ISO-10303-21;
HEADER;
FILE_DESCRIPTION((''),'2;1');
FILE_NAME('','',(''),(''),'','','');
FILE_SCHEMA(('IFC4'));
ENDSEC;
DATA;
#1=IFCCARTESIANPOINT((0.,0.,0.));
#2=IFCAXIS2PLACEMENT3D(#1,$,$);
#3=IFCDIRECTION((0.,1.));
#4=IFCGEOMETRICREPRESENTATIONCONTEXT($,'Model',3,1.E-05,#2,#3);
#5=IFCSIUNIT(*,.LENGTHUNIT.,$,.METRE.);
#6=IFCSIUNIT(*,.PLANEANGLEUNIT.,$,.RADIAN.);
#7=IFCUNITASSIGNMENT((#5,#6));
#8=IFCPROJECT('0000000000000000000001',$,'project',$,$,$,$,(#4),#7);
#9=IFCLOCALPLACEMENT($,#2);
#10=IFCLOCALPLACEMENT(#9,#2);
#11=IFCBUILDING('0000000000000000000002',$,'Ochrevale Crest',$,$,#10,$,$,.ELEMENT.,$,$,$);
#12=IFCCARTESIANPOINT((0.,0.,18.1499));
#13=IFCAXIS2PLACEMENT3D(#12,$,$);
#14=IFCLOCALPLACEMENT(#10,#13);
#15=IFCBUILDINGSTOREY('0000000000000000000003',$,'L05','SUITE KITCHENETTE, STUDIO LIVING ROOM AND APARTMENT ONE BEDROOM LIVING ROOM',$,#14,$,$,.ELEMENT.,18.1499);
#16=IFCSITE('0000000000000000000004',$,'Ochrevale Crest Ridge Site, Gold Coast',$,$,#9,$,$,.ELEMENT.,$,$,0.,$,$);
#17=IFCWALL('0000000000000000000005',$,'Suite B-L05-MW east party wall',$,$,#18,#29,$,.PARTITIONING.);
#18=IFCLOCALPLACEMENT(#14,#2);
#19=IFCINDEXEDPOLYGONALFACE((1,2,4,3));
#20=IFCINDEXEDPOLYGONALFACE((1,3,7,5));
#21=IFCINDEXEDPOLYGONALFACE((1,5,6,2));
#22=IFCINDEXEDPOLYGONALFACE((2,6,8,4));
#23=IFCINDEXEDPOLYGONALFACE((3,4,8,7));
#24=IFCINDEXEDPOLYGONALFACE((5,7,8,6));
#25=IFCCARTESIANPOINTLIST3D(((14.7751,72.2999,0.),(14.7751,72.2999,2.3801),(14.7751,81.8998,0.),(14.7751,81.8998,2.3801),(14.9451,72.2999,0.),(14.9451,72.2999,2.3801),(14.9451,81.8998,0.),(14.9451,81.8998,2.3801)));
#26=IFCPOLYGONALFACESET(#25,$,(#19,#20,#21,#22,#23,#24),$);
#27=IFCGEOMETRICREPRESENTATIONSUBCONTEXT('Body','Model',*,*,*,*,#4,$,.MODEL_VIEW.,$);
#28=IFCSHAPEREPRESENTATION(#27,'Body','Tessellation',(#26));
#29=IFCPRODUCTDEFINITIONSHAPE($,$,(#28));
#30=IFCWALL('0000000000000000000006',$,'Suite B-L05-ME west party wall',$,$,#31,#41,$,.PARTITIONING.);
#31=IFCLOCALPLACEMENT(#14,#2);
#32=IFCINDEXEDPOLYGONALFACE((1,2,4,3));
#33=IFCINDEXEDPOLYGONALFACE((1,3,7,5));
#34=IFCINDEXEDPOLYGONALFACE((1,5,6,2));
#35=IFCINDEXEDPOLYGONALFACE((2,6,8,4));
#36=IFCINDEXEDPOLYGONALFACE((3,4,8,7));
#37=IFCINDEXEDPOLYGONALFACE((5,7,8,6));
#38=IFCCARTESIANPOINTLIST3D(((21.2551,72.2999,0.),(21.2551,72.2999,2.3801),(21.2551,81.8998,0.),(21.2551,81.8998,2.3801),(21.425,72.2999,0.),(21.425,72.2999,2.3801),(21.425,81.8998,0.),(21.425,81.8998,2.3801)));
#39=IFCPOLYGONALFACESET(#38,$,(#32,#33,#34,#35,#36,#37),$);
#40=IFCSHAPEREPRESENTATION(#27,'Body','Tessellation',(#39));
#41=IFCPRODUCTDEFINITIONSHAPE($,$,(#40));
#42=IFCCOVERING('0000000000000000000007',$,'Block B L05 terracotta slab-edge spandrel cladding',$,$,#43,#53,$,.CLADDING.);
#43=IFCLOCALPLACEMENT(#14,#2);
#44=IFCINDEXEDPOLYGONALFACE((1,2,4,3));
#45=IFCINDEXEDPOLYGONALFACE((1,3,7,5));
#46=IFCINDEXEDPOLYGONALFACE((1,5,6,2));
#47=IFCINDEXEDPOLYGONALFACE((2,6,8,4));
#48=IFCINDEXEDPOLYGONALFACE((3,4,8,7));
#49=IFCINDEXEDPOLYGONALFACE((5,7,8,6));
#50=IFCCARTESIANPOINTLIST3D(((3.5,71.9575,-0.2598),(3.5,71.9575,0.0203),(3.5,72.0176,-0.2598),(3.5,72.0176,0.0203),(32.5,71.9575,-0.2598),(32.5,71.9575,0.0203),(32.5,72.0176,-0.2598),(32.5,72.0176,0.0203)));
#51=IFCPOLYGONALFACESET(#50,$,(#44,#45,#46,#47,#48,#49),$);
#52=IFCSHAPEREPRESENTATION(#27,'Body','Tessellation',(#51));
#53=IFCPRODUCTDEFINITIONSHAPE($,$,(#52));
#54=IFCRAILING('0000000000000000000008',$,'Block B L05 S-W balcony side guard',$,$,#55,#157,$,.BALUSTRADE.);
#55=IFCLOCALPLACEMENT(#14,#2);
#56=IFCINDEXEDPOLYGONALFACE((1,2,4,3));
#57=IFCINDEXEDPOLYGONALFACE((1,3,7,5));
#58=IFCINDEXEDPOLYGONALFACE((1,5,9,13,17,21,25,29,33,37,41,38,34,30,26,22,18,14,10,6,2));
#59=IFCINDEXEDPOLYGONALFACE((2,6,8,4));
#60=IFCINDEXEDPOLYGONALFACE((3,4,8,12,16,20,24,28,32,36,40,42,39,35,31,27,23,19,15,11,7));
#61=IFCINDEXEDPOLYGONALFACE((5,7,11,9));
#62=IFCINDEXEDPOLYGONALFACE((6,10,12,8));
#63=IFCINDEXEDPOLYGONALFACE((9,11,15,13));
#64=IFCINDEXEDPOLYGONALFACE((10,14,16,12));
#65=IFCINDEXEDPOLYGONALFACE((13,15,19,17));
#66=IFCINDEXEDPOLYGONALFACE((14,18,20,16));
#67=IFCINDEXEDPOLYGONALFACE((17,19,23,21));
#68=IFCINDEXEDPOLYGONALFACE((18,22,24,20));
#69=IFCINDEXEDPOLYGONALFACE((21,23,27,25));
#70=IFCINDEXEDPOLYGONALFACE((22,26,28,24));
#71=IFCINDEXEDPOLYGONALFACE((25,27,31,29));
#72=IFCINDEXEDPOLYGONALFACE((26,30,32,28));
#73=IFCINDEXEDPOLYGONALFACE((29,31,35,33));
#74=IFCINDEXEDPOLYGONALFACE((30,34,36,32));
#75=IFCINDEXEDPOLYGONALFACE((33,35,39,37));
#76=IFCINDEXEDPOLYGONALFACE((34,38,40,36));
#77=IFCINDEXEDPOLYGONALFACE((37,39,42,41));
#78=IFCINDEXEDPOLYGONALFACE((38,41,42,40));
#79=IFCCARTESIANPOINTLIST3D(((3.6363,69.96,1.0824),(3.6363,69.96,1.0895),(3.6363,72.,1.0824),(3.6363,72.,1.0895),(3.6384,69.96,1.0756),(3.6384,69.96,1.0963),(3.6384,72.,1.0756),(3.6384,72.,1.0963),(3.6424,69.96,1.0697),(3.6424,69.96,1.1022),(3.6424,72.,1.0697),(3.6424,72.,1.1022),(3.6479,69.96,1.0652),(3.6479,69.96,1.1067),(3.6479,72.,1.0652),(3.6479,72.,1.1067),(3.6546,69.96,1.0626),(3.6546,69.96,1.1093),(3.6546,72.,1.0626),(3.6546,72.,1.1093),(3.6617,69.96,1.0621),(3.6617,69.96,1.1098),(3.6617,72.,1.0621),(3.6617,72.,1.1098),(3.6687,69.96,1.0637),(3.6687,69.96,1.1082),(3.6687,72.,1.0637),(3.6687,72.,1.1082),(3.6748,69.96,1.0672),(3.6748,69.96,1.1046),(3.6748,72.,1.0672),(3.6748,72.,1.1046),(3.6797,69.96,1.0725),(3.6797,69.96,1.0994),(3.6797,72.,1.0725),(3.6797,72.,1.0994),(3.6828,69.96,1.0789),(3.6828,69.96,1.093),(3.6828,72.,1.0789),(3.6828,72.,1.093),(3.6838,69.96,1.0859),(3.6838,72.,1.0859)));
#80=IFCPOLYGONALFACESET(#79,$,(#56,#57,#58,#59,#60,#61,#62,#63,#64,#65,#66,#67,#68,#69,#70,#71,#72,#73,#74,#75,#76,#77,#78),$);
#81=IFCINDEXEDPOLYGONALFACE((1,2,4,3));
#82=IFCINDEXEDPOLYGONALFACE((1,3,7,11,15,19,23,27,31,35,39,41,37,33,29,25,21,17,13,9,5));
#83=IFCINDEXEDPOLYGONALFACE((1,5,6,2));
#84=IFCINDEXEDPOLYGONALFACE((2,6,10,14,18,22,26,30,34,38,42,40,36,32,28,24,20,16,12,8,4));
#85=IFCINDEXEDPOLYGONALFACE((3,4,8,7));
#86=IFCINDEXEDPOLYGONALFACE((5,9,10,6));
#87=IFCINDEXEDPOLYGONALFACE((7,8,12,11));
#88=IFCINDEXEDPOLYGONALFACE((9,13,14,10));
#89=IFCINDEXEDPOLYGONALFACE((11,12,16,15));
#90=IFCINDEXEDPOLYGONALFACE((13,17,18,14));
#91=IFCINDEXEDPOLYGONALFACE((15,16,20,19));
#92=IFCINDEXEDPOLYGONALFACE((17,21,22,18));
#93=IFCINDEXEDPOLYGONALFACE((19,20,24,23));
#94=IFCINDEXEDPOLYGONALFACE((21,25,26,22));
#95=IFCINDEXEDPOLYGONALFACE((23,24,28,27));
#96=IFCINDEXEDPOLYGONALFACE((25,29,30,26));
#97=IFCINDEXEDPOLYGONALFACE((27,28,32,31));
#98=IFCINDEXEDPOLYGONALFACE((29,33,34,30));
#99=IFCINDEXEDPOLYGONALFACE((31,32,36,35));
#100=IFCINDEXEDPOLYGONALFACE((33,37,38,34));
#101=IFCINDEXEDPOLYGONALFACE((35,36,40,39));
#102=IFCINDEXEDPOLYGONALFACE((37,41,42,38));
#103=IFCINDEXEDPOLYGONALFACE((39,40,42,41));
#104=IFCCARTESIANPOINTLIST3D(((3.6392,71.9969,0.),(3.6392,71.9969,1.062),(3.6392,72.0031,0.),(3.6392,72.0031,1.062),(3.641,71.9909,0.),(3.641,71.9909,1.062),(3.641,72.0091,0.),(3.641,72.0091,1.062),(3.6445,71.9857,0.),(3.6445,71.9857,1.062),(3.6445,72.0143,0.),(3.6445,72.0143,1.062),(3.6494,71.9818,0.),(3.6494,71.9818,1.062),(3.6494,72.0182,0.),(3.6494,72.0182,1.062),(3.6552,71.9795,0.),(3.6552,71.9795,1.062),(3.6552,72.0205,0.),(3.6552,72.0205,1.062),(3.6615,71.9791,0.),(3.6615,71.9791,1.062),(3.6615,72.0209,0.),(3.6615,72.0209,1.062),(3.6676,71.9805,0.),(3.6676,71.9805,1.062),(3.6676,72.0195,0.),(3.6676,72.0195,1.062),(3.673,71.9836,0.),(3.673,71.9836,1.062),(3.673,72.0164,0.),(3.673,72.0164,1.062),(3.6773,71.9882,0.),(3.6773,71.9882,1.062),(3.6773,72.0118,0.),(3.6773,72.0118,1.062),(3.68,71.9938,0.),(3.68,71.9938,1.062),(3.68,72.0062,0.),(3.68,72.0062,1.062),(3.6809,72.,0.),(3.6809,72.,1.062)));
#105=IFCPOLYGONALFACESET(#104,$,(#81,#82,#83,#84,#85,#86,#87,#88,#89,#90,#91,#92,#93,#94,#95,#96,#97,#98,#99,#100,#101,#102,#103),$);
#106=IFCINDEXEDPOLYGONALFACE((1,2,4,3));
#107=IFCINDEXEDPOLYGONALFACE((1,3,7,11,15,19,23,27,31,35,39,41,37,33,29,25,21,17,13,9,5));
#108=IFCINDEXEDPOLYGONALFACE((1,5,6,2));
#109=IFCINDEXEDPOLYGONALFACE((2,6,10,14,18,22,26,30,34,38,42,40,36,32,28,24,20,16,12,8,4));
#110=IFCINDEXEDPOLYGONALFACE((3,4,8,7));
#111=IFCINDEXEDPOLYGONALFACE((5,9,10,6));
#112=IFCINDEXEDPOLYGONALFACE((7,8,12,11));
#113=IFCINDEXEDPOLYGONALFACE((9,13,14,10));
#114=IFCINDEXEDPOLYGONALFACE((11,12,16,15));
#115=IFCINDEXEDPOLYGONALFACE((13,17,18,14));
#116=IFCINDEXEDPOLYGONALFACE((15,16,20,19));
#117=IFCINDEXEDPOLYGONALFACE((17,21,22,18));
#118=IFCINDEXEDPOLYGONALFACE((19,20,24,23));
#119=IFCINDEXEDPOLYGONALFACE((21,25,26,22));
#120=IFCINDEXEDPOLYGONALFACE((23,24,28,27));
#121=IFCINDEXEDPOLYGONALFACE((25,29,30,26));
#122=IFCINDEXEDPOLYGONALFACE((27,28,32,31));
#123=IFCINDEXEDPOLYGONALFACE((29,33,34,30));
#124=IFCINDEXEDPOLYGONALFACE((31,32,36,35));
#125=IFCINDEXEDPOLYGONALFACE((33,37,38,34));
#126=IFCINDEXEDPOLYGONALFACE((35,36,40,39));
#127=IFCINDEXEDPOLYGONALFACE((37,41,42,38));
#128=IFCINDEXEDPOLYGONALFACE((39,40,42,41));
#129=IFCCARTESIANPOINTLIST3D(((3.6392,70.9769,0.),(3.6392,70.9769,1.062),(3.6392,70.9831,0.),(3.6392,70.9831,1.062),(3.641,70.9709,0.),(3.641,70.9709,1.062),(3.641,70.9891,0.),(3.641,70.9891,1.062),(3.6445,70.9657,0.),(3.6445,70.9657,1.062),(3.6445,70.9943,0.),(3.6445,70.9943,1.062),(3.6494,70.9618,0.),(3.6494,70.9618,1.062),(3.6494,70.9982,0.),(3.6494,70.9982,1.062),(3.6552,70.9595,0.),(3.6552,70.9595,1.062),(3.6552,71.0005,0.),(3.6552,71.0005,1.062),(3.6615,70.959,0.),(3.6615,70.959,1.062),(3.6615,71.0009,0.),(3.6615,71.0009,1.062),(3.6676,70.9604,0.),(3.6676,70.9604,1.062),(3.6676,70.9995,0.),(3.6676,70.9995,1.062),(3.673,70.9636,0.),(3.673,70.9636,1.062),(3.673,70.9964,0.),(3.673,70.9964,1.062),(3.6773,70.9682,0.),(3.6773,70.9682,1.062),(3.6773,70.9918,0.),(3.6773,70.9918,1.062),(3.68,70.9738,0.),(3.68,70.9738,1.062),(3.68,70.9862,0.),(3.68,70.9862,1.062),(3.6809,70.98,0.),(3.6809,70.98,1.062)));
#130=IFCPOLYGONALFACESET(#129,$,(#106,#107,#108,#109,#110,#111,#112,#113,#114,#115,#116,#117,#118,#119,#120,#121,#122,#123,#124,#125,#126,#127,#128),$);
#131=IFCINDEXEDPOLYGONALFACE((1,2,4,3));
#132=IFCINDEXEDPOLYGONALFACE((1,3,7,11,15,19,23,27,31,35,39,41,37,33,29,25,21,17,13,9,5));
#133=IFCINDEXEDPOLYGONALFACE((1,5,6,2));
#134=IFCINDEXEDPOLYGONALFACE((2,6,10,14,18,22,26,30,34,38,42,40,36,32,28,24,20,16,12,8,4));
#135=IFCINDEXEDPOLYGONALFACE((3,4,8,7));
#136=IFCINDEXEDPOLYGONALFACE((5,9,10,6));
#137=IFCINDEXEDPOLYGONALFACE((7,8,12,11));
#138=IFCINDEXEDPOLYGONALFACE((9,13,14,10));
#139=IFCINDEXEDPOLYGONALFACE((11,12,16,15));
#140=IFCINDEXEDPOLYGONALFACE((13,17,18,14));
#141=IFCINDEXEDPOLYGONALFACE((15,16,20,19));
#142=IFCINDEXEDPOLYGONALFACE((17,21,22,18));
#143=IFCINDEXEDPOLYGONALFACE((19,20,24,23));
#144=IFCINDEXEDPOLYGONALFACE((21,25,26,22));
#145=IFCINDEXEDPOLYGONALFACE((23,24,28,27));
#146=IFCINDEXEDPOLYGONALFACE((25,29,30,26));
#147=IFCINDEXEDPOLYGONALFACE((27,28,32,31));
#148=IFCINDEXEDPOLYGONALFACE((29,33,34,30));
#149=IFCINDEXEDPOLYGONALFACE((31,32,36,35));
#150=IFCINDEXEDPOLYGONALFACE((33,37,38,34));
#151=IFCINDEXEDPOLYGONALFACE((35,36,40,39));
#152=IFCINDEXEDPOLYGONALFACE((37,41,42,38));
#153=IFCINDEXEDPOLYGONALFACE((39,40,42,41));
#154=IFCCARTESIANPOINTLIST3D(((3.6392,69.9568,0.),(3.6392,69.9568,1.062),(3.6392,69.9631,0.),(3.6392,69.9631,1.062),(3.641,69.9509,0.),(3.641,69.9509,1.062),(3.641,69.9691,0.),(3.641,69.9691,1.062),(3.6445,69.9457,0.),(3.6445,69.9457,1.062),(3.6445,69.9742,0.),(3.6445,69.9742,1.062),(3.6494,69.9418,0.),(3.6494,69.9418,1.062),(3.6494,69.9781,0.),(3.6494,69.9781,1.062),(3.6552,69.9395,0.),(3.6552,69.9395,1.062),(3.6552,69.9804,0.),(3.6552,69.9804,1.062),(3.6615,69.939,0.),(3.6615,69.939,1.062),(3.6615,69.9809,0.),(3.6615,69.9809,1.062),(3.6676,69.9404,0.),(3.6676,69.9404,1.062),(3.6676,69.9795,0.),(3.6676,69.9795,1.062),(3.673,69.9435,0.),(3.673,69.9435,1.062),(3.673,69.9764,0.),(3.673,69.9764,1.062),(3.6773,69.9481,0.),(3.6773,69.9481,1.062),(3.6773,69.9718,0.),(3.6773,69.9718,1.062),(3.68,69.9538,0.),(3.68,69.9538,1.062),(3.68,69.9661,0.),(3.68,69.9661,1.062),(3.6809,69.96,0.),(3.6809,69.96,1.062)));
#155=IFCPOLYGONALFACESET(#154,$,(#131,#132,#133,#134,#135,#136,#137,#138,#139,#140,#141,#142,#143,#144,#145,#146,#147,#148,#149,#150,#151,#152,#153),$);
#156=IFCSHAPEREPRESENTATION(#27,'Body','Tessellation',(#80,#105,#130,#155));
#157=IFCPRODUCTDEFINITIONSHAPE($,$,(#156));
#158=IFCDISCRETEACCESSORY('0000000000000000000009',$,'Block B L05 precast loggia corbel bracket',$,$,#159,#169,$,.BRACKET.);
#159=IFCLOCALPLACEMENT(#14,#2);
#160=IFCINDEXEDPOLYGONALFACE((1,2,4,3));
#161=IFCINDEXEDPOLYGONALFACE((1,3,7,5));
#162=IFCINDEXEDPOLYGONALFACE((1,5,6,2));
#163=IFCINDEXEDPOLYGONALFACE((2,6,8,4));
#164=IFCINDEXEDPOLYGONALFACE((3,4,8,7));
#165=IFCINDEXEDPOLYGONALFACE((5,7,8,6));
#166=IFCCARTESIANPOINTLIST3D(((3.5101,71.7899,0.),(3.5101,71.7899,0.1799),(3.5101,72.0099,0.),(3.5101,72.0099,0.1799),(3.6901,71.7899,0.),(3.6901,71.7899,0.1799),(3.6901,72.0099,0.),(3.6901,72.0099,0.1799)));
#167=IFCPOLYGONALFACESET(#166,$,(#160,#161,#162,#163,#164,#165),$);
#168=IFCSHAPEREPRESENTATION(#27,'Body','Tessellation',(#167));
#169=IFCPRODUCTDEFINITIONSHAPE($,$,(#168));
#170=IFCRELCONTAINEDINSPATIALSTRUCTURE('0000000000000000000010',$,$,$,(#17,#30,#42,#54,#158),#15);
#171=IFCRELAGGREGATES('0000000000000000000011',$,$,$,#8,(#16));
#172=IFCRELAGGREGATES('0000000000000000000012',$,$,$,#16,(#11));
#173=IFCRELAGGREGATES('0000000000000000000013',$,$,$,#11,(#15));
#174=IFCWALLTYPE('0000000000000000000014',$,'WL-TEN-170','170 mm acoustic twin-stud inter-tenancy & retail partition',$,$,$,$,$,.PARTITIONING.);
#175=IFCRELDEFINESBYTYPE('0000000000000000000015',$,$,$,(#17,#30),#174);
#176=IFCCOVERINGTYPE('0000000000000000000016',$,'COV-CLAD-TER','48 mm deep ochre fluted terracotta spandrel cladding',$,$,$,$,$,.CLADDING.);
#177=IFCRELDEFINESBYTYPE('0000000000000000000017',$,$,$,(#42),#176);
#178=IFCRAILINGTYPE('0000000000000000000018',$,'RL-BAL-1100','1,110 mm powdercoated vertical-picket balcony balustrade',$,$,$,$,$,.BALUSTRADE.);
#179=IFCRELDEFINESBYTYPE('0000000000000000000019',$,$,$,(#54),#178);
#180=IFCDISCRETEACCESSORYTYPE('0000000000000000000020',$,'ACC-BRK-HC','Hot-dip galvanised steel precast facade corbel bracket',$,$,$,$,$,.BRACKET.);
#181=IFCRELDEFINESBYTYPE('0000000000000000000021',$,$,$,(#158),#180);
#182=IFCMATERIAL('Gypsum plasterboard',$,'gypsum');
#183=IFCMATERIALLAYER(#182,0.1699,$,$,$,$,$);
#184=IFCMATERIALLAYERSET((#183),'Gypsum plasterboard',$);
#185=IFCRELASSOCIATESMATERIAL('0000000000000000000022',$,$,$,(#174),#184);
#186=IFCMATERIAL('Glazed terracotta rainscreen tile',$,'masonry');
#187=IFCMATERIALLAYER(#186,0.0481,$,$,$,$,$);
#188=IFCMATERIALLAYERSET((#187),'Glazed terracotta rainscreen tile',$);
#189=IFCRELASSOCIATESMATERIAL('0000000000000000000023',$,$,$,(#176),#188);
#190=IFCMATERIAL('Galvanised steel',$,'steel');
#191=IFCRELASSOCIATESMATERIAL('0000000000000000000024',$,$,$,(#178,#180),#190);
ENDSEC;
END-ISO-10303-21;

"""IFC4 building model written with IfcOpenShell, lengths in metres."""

from ifc_helpers import new_model, si_unit, direction, frame, frame_2d, origin, origin_2d, place, context, subcontext, project, spatial, rectangle, circle, extrude, material, layer, layer_set, type_object, element, save


model = new_model("IFC4")

# Units and contexts
model_context = context("Model", 3, precision=1e-05, world=origin(), true_north=direction((0.0, 1.0)))
body_context = subcontext(model_context, "Body", "Model", "MODEL_VIEW")
ifc_project = project(units=[si_unit("LENGTHUNIT", "METRE"), si_unit("PLANEANGLEUNIT", "RADIAN")], contexts=[model_context])

# Site, building, storey
site_placement = place(None, origin())
site = spatial("IfcSite", under=ifc_project, at=site_placement, Name="Ochrevale Crest Ridge Site, Gold Coast", CompositionType="ELEMENT", RefElevation=0.0)
building_placement = place(site_placement, origin())
building = spatial("IfcBuilding", under=site, at=building_placement, Name="Ochrevale Crest", CompositionType="ELEMENT")
storey_placement = place(building_placement, frame((0.0, 0.0, 18.1499)))
storey = spatial("IfcBuildingStorey", under=building, at=storey_placement, Name="L05", Description="SUITE KITCHENETTE, STUDIO LIVING ROOM AND APARTMENT ONE BEDROOM LIVING ROOM", CompositionType="ELEMENT", Elevation=18.1499)

# Walls
ifc_material_1 = material(Name="Gypsum plasterboard", Category="gypsum")
ifc_layer_1 = layer(ifc_material_1, 0.1699)
ifc_layer_set_1 = layer_set([ifc_layer_1], Name="Gypsum plasterboard")
wall_type_1 = type_object("IfcWallType", Name="WL-TEN-170", Description="170 mm acoustic twin-stud inter-tenancy & retail partition", PredefinedType="PARTITIONING", material=ifc_layer_set_1)
for number, where, z_axis, x_axis, name in (
    (1, (14.8601, 72.3, 0.0), (0.0, 0.0, 1.0), (0.0, 1.0, 0.0), "Suite B-L05-MW east party wall"),
    (2, (21.3401, 72.3, 0.0), (0.0, 0.0, 1.0), (0.0, 1.0, 0.0), "Suite B-L05-ME west party wall"),
):
    element("IfcWall", number, at=place(storey_placement, frame(where, z_axis=z_axis, x_axis=x_axis)), inside=storey, type_object=wall_type_1, Name=name, PredefinedType="PARTITIONING", context=body_context, shape_type="SweptSolid", body=[
        extrude(rectangle(XDim=9.5999, YDim=0.1699, at=frame_2d((4.7998, 0.0))), origin(), (0.0, 0.0, 1.0), 2.3801),
    ])

# Covering
ifc_material_2 = material(Name="Glazed terracotta rainscreen tile", Category="masonry")
ifc_layer_2 = layer(ifc_material_2, 0.0481)
ifc_layer_set_2 = layer_set([ifc_layer_2], Name="Glazed terracotta rainscreen tile")
covering_type = type_object("IfcCoveringType", Name="COV-CLAD-TER", Description="48 mm deep ochre fluted terracotta spandrel cladding", PredefinedType="CLADDING", material=ifc_layer_set_2)
covering_placement = place(storey_placement, frame((18.0, 71.9875, -0.2598), z_axis=(0.0, 0.0, 1.0), x_axis=(1.0, 0.0, 0.0)))
element("IfcCovering", 3, at=covering_placement, inside=storey, type_object=covering_type, Name="Block B L05 terracotta slab-edge spandrel cladding", PredefinedType="CLADDING", context=body_context, shape_type="SweptSolid", body=[
    extrude(rectangle(XDim=29.0, YDim=0.0601, at=origin_2d()), origin(), (0.0, 0.0, 1.0), 0.28),
])

# Railing
ifc_material_3 = material(Name="Galvanised steel", Category="steel")
railing_type = type_object("IfcRailingType", Name="RL-BAL-1100", Description="1,110 mm powdercoated vertical-picket balcony balustrade", PredefinedType="BALUSTRADE", material=ifc_material_3)
railing_placement = place(storey_placement, frame((3.6599, 72.0, 0.0)))
element("IfcRailing", 4, at=railing_placement, inside=storey, type_object=railing_type, Name="Block B L05 S-W balcony side guard", PredefinedType="BALUSTRADE", context=body_context, shape_type="SweptSolid", body=[
    extrude(circle(Radius=0.0239, at=origin_2d()), frame((0.0, 0.0, 1.0859), z_axis=(0.0, -1.0, 0.0), x_axis=(1.0, 0.0, 0.0)), (0.0, 0.0, 1.0), 2.04),
    extrude(circle(Radius=0.021, at=origin_2d()), origin(), (0.0, 0.0, 1.0), 1.062),
    extrude(circle(Radius=0.021, at=origin_2d()), frame((0.0, -1.02, 0.0)), (0.0, 0.0, 1.0), 1.062),
    extrude(circle(Radius=0.021, at=origin_2d()), frame((0.0, -2.04, 0.0)), (0.0, 0.0, 1.0), 1.062),
])

# Discrete accessory
discrete_accessory_type = type_object("IfcDiscreteAccessoryType", Name="ACC-BRK-HC", Description="Hot-dip galvanised steel precast facade corbel bracket", PredefinedType="BRACKET", material=ifc_material_3)
discrete_accessory_placement = place(storey_placement, frame((3.6001, 71.8999, 0.0), z_axis=(0.0, 0.0, 1.0), x_axis=(1.0, 0.0, 0.0)))
element("IfcDiscreteAccessory", 5, at=discrete_accessory_placement, inside=storey, type_object=discrete_accessory_type, Name="Block B L05 precast loggia corbel bracket", PredefinedType="BRACKET", context=body_context, shape_type="SweptSolid", body=[
    extrude(rectangle(XDim=0.1799, YDim=0.22, at=origin_2d()), origin(), (0.0, 0.0, 1.0), 0.1799),
])

save(model, "model.ifc")
